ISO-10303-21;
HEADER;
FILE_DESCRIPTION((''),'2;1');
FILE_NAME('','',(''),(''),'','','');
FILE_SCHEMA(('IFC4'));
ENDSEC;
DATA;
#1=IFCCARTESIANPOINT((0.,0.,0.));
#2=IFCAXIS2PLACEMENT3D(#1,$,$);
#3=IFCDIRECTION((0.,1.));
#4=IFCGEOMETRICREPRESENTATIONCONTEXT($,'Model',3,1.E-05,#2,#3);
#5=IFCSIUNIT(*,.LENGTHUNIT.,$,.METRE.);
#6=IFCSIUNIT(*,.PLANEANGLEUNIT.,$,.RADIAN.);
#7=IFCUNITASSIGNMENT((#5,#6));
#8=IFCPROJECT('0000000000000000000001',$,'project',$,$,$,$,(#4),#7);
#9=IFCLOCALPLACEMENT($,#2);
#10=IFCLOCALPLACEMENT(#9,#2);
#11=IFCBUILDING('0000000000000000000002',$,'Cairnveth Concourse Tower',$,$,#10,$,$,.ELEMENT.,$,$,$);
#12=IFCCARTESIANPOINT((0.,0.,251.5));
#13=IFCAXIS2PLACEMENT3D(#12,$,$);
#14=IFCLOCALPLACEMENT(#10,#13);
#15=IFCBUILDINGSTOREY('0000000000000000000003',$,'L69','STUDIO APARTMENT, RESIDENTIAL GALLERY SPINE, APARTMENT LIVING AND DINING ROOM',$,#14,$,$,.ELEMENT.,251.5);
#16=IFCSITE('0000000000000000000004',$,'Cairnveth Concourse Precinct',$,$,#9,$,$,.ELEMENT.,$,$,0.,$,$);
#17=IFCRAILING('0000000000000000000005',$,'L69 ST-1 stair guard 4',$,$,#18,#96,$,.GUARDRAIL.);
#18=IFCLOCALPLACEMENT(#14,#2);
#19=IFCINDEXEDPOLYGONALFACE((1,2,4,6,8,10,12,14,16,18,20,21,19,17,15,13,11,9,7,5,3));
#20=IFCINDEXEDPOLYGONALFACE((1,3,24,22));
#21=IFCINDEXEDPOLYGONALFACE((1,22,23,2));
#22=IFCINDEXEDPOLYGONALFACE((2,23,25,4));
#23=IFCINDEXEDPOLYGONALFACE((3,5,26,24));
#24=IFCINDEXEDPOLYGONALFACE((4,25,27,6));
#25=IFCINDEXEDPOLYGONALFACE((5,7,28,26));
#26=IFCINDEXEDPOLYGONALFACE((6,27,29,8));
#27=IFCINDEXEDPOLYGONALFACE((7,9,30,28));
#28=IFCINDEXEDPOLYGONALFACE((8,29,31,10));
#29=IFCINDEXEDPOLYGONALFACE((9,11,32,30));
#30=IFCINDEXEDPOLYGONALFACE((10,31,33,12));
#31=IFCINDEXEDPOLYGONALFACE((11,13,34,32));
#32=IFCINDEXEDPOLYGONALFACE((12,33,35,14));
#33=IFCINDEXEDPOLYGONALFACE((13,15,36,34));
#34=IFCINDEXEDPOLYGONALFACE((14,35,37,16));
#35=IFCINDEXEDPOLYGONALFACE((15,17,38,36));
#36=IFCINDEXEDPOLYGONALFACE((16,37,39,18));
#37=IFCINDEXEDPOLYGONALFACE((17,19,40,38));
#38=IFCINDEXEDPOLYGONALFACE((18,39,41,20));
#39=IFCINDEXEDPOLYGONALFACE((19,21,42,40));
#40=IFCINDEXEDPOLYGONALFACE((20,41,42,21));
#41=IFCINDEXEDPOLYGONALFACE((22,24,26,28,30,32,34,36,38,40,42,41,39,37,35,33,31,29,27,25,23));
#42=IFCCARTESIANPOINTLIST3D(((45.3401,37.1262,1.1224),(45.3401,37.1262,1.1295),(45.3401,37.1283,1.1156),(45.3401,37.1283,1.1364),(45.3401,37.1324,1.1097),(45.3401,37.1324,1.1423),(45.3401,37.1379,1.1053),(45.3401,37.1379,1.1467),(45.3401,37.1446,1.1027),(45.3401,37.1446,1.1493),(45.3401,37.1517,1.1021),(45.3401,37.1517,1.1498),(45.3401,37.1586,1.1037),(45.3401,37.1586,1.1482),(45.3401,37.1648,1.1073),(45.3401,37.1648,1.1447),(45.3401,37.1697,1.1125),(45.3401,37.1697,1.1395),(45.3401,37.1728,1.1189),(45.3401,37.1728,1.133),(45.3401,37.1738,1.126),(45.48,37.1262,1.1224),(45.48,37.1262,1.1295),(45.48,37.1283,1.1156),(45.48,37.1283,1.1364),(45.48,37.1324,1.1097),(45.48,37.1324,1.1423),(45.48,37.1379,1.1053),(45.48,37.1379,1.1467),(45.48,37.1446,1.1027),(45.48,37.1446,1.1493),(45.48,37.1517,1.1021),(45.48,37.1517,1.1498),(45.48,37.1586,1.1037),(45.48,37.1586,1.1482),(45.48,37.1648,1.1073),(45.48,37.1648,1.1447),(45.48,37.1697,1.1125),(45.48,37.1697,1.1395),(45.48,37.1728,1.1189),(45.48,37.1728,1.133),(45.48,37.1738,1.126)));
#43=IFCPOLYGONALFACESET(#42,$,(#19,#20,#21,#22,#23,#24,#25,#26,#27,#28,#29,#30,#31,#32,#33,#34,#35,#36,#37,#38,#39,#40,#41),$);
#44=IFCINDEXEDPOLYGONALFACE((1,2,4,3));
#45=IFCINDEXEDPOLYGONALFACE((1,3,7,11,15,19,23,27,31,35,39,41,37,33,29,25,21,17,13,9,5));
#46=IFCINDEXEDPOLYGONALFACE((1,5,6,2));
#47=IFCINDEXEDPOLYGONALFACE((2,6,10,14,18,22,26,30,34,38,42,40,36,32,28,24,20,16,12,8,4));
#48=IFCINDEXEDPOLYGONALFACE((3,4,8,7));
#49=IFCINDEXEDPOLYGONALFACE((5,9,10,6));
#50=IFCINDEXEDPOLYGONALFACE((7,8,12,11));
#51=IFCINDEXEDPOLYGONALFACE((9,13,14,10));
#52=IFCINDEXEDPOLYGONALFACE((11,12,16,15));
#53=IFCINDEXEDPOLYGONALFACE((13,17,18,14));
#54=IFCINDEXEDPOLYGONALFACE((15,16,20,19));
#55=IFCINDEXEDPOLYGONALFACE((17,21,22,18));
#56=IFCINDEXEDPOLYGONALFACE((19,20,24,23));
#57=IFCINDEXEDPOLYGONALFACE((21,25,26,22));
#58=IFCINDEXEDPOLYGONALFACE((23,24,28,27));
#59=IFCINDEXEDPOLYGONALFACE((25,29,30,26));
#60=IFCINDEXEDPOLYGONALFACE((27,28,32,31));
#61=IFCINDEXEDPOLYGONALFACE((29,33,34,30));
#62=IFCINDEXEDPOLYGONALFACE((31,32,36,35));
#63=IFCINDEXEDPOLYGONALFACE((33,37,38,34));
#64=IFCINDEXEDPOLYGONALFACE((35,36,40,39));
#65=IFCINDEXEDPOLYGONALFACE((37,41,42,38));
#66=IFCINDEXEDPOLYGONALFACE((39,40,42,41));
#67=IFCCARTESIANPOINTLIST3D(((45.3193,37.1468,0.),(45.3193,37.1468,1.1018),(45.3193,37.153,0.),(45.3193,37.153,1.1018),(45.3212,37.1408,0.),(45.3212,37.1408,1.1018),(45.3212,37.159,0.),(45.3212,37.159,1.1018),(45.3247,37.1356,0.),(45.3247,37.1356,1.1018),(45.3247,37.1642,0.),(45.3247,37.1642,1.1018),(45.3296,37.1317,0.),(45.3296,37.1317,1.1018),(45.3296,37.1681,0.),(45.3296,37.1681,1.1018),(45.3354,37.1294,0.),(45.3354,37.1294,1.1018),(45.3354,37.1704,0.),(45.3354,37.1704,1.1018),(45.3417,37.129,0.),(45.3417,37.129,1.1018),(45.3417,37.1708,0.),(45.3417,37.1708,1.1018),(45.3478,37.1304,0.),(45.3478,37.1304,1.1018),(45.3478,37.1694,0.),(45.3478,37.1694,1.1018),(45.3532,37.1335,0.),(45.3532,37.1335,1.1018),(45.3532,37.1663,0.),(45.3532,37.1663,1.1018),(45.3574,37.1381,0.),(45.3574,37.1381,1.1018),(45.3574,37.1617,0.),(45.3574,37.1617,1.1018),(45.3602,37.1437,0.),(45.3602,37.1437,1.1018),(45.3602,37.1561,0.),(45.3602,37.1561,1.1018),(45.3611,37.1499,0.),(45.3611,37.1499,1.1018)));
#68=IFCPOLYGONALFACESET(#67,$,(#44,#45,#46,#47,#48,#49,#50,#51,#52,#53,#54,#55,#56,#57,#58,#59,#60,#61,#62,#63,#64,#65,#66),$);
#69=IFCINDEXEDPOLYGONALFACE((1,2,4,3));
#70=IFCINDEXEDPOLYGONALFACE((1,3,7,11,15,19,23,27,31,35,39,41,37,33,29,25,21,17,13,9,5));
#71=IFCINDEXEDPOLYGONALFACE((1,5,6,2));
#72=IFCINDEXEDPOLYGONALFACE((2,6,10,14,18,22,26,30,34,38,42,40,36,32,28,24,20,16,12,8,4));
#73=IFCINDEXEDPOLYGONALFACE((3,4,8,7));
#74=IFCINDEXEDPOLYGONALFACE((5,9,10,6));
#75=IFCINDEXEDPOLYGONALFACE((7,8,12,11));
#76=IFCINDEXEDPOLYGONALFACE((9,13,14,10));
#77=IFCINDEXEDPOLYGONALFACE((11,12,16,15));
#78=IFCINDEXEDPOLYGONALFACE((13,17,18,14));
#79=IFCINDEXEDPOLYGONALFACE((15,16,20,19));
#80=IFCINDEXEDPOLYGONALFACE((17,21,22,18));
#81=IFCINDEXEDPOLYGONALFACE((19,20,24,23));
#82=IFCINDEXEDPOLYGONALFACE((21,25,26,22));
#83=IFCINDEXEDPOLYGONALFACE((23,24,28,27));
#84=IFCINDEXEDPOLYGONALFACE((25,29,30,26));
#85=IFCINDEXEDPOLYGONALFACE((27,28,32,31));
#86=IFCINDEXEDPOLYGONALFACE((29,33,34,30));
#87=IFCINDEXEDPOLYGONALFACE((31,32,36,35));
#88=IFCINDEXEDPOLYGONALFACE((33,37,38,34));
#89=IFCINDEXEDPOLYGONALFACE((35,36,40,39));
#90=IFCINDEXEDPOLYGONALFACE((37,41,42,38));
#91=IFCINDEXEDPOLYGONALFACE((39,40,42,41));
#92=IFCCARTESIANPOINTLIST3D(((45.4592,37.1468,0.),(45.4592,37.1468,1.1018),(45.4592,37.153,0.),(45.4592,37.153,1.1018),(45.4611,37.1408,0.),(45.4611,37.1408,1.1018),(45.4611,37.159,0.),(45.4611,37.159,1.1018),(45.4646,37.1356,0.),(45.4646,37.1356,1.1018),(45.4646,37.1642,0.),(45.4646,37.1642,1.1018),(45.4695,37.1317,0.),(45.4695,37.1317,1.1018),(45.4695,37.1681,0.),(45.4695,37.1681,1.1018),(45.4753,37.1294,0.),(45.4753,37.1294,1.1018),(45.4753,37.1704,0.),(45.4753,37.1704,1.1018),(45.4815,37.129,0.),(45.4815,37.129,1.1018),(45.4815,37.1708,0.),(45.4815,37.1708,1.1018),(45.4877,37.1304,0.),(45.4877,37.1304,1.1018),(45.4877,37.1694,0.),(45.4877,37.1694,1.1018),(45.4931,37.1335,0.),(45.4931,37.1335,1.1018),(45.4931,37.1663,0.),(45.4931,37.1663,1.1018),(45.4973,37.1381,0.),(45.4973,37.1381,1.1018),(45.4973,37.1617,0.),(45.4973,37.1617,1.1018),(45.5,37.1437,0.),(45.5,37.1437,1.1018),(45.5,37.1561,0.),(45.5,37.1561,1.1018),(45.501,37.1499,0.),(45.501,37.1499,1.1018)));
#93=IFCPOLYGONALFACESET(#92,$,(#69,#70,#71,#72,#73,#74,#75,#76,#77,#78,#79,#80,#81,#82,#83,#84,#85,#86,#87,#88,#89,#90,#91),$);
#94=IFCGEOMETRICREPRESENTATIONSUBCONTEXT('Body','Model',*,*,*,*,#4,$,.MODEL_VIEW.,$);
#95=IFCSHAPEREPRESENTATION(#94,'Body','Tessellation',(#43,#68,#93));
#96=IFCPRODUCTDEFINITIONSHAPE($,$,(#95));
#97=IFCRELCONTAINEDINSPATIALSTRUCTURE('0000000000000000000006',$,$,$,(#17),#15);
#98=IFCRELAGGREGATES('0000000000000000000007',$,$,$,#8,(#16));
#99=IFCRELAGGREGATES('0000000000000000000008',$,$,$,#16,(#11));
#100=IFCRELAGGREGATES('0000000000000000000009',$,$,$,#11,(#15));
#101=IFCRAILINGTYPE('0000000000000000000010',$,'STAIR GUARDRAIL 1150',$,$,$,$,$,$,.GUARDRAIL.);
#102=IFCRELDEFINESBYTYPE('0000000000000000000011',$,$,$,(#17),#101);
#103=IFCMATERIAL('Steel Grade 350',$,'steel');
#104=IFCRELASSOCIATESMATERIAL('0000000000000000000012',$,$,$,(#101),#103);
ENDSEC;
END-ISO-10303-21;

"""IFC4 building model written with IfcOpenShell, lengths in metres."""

from ifc_helpers import new_model, si_unit, direction, frame, origin, origin_2d, place, context, subcontext, project, spatial, circle, extrude, material, type_object, element, save


model = new_model("IFC4")

# Units and contexts
model_context = context("Model", 3, precision=1e-05, world=origin(), true_north=direction((0.0, 1.0)))
body_context = subcontext(model_context, "Body", "Model", "MODEL_VIEW")
ifc_project = project(units=[si_unit("LENGTHUNIT", "METRE"), si_unit("PLANEANGLEUNIT", "RADIAN")], contexts=[model_context])

# Site, building, storey
site_placement = place(None, origin())
site = spatial("IfcSite", under=ifc_project, at=site_placement, Name="Cairnveth Concourse Precinct", CompositionType="ELEMENT", RefElevation=0.0)
building_placement = place(site_placement, origin())
building = spatial("IfcBuilding", under=site, at=building_placement, Name="Cairnveth Concourse Tower", CompositionType="ELEMENT")
storey_placement = place(building_placement, frame((0.0, 0.0, 251.5)))
storey = spatial("IfcBuildingStorey", under=building, at=storey_placement, Name="L69", Description="STUDIO APARTMENT, RESIDENTIAL GALLERY SPINE, APARTMENT LIVING AND DINING ROOM", CompositionType="ELEMENT", Elevation=251.5)

# Shared definitions
ifc_material_1 = material(Name="Steel Grade 350", Category="steel")

# Railing
railing_type_1 = type_object("IfcRailingType", Name="STAIR GUARDRAIL 1150", PredefinedType="GUARDRAIL", material=ifc_material_1)
railing_1_placement = place(storey_placement, frame((45.3401, 37.1499, 0.0)))
element("IfcRailing", 1, at=railing_1_placement, inside=storey, type_object=railing_type_1, Name="L69 ST-1 stair guard 4", PredefinedType="GUARDRAIL", context=body_context, shape_type="SweptSolid", body=[
    extrude(circle(Radius=0.0239, at=origin_2d()), frame((0.0, 0.0, 1.126), z_axis=(1.0, 0.0, 0.0), x_axis=(0.0, 1.0, 0.0)), (0.0, 0.0, 1.0), 0.1399),
    extrude(circle(Radius=0.021, at=origin_2d()), origin(), (0.0, 0.0, 1.0), 1.1018),
    extrude(circle(Radius=0.021, at=origin_2d()), frame((0.1399, 0.0, 0.0)), (0.0, 0.0, 1.0), 1.1018),
])

save(model, "model.ifc")
